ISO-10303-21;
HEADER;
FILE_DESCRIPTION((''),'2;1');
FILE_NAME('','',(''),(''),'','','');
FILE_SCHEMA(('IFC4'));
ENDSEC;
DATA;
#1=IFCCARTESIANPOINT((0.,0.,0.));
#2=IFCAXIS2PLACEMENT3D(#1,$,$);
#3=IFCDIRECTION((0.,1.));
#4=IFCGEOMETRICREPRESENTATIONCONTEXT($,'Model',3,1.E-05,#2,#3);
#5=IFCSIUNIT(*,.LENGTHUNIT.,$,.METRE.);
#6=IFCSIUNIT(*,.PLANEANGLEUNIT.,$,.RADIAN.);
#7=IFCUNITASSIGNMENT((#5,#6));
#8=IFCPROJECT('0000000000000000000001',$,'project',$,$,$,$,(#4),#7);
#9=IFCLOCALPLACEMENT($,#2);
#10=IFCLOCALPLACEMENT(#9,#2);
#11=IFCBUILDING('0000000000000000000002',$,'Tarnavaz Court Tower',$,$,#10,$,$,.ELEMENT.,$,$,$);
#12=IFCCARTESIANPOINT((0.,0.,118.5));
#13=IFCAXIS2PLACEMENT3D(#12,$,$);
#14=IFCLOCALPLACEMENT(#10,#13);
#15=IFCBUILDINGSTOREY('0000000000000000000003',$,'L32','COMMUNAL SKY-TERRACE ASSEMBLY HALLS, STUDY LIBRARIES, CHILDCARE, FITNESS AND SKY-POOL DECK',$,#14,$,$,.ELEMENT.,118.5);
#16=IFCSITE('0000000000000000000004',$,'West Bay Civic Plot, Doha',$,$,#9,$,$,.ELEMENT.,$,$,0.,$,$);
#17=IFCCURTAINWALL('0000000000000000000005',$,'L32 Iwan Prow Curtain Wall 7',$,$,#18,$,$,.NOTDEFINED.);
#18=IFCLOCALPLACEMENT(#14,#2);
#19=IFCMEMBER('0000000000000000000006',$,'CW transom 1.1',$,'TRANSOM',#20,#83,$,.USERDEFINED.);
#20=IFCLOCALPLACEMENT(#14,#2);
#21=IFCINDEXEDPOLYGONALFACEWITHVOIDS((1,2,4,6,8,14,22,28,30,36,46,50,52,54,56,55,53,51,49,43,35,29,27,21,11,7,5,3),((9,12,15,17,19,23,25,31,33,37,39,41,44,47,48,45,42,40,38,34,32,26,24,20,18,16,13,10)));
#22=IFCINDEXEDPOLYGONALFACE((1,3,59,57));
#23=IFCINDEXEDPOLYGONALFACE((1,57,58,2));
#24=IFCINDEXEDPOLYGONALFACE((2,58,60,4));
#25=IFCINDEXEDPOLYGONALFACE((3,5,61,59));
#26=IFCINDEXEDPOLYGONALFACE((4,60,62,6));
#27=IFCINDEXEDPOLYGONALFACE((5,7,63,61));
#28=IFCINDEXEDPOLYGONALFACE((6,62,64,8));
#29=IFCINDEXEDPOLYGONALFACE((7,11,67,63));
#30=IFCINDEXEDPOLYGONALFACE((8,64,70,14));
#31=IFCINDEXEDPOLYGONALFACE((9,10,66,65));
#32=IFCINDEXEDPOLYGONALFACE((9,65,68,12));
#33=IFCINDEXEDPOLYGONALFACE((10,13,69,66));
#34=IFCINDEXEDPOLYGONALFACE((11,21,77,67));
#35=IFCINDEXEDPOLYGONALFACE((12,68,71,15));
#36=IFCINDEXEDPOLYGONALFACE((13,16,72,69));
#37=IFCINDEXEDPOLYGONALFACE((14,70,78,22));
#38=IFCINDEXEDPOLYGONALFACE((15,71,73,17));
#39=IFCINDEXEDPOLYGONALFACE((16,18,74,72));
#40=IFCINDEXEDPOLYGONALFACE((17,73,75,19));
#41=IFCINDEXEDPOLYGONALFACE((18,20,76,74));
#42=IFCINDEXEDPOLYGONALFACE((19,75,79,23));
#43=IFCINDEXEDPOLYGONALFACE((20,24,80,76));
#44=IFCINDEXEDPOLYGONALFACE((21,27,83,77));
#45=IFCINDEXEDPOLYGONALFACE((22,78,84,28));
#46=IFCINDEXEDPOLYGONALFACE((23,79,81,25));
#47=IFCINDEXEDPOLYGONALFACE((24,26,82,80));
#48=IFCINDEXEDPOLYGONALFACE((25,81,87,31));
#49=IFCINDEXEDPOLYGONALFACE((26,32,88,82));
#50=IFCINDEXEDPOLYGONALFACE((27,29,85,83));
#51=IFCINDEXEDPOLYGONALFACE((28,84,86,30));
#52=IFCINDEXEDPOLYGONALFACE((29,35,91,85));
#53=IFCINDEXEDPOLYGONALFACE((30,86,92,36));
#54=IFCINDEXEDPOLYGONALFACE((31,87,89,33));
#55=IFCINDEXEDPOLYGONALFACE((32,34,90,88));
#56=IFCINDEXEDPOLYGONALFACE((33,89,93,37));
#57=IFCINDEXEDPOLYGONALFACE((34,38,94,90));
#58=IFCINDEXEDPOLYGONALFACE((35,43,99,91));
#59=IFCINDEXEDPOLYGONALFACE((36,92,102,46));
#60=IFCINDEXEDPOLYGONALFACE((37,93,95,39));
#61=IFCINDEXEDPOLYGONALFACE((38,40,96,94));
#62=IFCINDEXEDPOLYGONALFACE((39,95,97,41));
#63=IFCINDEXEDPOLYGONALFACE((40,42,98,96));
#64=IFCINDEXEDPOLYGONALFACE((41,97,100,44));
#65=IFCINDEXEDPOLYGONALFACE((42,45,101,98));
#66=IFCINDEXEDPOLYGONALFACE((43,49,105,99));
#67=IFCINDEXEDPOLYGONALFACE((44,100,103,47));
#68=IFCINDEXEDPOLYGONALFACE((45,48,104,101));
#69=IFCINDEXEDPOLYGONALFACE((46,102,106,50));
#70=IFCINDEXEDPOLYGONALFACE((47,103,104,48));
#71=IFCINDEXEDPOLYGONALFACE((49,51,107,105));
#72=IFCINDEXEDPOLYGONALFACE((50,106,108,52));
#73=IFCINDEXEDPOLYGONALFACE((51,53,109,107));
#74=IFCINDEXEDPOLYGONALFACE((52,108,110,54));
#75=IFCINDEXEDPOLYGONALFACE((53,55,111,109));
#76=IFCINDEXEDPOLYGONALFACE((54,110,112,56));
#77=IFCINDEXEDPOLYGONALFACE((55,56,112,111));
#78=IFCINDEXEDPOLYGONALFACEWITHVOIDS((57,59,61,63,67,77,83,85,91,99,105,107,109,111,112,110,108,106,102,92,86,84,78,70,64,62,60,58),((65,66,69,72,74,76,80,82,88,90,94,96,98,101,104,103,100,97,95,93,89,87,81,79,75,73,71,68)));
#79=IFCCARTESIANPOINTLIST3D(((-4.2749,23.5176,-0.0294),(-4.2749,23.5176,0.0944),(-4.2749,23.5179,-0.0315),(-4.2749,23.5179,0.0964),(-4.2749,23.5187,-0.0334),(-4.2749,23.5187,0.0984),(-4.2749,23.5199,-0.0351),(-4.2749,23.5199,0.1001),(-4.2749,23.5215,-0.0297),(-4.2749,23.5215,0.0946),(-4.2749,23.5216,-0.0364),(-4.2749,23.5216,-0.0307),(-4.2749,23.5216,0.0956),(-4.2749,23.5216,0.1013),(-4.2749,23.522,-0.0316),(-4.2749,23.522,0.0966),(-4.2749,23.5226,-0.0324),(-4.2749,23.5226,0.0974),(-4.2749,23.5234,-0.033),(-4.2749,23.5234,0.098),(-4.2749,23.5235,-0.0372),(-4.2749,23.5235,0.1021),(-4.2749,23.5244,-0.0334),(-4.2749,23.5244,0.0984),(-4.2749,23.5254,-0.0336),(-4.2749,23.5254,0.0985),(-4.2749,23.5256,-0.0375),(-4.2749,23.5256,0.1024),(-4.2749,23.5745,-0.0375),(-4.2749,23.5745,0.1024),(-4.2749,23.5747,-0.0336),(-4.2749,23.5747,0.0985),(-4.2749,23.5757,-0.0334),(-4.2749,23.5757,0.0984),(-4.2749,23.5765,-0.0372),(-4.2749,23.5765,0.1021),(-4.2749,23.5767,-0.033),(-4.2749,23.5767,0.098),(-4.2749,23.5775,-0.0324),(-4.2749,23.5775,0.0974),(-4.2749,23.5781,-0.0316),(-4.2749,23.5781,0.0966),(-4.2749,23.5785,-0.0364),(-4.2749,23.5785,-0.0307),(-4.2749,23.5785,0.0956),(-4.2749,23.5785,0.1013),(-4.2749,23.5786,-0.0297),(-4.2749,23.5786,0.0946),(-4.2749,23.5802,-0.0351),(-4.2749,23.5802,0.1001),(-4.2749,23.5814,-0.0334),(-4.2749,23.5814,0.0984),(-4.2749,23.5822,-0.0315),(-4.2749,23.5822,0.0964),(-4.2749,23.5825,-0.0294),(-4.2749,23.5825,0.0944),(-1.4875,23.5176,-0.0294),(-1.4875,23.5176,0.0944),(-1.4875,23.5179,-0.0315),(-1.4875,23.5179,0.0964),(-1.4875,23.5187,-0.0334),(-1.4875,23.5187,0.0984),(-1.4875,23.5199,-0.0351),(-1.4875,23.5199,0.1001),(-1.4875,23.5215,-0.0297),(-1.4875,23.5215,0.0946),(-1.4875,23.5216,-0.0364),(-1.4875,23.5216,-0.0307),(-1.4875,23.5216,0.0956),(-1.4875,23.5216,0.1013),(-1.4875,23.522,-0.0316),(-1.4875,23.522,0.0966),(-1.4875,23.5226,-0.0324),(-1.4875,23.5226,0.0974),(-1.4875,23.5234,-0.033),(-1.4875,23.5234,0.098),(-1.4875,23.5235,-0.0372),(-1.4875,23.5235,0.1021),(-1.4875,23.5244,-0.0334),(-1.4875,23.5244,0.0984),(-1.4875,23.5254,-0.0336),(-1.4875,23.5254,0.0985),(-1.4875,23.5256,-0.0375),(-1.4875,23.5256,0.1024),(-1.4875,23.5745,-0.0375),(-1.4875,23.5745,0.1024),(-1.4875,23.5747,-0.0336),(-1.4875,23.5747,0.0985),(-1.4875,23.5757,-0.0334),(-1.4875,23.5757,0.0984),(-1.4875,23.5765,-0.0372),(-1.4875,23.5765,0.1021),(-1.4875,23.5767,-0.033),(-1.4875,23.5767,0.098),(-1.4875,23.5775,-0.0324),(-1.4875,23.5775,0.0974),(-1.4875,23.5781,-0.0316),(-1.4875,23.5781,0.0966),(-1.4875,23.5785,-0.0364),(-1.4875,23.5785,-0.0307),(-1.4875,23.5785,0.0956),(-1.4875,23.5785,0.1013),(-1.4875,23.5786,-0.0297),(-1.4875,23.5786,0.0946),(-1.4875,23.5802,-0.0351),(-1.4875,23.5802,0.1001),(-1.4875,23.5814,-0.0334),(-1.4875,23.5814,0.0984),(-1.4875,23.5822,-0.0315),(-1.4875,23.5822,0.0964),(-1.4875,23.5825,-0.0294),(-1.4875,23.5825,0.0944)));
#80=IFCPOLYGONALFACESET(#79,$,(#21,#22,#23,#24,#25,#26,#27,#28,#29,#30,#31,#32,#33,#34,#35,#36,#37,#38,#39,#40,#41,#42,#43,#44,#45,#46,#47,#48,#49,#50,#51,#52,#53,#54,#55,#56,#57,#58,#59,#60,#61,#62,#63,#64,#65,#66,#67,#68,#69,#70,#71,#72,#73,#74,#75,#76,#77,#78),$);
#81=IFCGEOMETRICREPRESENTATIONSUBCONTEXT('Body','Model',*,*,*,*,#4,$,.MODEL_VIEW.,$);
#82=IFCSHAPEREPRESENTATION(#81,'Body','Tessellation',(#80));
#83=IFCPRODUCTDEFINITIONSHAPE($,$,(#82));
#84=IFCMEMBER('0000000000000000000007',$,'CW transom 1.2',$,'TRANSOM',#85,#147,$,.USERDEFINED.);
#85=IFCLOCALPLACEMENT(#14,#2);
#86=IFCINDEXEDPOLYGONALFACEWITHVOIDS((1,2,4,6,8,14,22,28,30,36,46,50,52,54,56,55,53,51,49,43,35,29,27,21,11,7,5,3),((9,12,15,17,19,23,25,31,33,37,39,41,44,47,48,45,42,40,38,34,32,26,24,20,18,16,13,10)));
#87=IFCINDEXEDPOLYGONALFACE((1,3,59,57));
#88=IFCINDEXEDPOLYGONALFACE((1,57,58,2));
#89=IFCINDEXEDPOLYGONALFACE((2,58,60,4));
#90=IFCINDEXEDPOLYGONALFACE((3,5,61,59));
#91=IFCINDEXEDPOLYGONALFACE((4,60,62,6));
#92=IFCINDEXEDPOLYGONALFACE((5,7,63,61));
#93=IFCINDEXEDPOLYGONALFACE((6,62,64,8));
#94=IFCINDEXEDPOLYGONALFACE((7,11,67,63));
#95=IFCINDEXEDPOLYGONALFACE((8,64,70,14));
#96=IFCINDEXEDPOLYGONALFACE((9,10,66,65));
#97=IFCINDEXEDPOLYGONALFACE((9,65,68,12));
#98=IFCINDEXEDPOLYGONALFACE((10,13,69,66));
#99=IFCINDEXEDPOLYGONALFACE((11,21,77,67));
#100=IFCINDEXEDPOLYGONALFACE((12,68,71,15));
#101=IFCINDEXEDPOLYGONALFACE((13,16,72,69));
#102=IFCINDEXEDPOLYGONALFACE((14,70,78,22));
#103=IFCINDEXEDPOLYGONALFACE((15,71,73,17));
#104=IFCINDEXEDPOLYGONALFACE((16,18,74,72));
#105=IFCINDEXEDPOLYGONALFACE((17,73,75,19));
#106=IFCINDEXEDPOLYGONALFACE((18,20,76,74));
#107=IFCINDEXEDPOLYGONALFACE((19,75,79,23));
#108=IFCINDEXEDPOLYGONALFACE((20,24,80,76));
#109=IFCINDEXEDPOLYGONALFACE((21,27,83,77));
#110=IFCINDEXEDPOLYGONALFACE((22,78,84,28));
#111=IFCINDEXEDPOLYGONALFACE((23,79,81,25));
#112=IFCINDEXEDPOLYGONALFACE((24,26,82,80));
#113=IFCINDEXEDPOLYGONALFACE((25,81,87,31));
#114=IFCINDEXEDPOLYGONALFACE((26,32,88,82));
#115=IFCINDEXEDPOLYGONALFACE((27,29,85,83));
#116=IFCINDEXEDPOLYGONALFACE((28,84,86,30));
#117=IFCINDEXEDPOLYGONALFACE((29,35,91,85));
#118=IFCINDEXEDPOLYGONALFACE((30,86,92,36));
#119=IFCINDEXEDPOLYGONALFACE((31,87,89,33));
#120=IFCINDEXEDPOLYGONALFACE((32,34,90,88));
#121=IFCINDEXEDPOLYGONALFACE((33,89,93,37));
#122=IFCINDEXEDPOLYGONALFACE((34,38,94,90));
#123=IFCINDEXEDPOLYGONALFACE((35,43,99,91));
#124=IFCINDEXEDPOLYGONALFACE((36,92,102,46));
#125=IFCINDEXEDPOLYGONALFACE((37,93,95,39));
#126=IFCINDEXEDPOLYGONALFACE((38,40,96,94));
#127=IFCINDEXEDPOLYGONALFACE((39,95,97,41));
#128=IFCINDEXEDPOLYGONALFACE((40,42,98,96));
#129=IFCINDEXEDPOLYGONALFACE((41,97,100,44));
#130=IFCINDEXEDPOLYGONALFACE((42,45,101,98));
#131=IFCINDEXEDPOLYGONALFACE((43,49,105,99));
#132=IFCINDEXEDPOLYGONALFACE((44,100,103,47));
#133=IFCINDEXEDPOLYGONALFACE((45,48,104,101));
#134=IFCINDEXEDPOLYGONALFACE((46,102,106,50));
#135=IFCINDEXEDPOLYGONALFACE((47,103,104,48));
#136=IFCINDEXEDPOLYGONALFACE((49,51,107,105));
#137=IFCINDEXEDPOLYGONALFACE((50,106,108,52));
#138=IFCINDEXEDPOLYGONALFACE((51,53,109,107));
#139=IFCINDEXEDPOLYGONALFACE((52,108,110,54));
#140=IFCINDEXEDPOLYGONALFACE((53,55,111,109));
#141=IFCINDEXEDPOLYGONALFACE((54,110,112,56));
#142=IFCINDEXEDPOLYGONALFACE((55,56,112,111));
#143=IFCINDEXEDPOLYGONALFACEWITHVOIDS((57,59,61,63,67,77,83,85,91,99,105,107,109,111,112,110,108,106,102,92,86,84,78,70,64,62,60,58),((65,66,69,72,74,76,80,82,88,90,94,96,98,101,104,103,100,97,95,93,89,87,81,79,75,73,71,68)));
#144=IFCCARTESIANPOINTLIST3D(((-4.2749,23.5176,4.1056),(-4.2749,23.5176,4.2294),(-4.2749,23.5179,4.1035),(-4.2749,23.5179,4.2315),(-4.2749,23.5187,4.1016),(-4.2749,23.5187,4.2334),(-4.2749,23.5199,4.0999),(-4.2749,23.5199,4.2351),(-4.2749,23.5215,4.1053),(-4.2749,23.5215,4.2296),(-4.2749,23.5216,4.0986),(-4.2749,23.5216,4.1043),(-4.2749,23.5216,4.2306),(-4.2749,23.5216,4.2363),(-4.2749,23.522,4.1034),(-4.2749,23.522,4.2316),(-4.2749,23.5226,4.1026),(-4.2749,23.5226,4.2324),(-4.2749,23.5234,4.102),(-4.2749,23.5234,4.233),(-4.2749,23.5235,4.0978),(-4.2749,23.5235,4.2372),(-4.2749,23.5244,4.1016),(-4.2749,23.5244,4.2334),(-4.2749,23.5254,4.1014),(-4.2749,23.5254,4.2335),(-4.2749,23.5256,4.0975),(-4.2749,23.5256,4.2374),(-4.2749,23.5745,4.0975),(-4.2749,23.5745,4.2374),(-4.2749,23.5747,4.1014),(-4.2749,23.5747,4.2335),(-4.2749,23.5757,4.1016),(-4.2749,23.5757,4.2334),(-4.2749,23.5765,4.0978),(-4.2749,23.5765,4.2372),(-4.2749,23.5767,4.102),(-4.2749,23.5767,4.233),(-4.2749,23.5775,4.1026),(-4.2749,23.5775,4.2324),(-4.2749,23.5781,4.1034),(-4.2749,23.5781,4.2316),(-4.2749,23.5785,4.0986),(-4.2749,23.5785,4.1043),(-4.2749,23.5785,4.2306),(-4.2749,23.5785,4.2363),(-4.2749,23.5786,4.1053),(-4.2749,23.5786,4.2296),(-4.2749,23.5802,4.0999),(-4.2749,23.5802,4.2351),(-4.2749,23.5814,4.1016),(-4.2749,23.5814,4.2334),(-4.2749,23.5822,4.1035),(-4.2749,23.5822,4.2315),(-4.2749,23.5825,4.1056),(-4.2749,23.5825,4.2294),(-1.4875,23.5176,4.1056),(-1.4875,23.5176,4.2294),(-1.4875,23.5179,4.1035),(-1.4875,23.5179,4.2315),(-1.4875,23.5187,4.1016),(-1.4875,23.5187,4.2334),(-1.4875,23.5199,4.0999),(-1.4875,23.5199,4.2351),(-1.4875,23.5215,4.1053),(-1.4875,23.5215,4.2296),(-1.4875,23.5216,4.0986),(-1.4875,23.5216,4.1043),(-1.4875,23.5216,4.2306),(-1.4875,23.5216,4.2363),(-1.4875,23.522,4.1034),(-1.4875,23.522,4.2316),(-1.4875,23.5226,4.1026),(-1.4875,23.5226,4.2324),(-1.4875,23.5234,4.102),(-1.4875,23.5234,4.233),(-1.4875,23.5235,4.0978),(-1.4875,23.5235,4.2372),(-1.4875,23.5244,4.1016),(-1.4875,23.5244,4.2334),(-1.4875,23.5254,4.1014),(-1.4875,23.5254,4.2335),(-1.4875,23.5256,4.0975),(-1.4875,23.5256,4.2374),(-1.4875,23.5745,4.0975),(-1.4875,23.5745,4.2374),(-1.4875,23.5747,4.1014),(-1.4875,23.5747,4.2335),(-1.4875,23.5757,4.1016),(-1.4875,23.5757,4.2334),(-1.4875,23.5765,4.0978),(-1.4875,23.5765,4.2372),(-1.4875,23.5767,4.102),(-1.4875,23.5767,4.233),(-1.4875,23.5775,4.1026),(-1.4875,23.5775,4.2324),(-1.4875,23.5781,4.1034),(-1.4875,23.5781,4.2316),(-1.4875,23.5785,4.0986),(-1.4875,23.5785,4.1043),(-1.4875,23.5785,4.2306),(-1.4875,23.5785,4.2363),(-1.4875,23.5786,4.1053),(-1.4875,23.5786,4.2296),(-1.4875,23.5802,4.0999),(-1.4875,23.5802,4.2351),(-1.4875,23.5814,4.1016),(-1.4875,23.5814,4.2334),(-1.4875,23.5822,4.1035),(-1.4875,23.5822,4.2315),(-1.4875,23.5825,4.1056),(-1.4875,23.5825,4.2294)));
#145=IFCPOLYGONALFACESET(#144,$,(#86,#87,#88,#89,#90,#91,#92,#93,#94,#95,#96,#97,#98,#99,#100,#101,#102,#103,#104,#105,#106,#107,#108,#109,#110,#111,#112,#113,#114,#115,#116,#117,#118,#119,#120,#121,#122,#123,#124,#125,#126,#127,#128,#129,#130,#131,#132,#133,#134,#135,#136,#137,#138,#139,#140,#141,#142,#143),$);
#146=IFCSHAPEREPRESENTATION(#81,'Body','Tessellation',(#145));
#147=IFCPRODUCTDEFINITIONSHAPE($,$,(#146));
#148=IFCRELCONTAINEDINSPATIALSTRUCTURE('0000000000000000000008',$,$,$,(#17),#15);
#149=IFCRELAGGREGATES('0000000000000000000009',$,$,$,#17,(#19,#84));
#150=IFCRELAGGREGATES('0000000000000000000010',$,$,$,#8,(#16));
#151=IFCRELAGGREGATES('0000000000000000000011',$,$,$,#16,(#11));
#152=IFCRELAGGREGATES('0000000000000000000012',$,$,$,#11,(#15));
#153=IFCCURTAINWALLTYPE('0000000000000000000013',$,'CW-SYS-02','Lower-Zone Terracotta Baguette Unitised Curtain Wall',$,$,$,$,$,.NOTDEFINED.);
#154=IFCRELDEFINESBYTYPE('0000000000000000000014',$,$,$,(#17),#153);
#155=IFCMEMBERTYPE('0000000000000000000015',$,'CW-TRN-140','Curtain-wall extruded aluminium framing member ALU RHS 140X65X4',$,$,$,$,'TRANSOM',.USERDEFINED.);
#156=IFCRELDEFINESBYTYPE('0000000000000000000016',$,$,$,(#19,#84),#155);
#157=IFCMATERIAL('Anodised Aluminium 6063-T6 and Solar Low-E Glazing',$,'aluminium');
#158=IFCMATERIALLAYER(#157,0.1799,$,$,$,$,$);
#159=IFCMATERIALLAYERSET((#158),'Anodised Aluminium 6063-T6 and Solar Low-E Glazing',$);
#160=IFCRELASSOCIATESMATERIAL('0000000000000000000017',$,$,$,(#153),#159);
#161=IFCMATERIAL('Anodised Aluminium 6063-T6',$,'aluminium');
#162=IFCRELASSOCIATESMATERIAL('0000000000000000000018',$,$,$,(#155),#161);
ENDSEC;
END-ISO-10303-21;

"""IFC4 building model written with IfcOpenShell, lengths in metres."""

from ifc_helpers import new_model, si_unit, direction, frame, origin, origin_2d, place, context, subcontext, project, spatial, hollow_rectangle, extrude, material, layer, layer_set, material_profile, profile_set, type_object, element, aggregate, save


model = new_model("IFC4")

# Units and contexts
model_context = context("Model", 3, precision=1e-05, world=origin(), true_north=direction((0.0, 1.0)))
body_context = subcontext(model_context, "Body", "Model", "MODEL_VIEW")
ifc_project = project(units=[si_unit("LENGTHUNIT", "METRE"), si_unit("PLANEANGLEUNIT", "RADIAN")], contexts=[model_context])

# Site, building, storey
site_placement = place(None, origin())
site = spatial("IfcSite", under=ifc_project, at=site_placement, Name="West Bay Civic Plot, Doha", CompositionType="ELEMENT", RefElevation=0.0)
building_placement = place(site_placement, origin())
building = spatial("IfcBuilding", under=site, at=building_placement, Name="Tarnavaz Court Tower", CompositionType="ELEMENT")
storey_placement = place(building_placement, frame((0.0, 0.0, 118.5)))
storey = spatial("IfcBuildingStorey", under=building, at=storey_placement, Name="L32", Description="COMMUNAL SKY-TERRACE ASSEMBLY HALLS, STUDY LIBRARIES, CHILDCARE, FITNESS AND SKY-POOL DECK", CompositionType="ELEMENT", Elevation=118.5)

# Curtain wall, members
ifc_material_1 = material(Name="Anodised Aluminium 6063-T6 and Solar Low-E Glazing", Category="aluminium")
ifc_layer_1 = layer(ifc_material_1, 0.1799)
ifc_layer_set_1 = layer_set([ifc_layer_1], Name="Anodised Aluminium 6063-T6 and Solar Low-E Glazing")
curtain_wall_type = type_object("IfcCurtainWallType", Name="CW-SYS-02", Description="Lower-Zone Terracotta Baguette Unitised Curtain Wall", PredefinedType="NOTDEFINED", material=ifc_layer_set_1)
curtain_wall_placement = place(storey_placement, origin())
curtain_wall = element("IfcCurtainWall", 1, at=curtain_wall_placement, inside=storey, type_object=curtain_wall_type, Name="L32 Iwan Prow Curtain Wall 7", PredefinedType="NOTDEFINED")
ifc_material_2 = material(Name="Anodised Aluminium 6063-T6", Category="aluminium")
ifc_material_profile_1 = material_profile(ifc_material_2, hollow_rectangle(XDim=0.0649, YDim=0.1399, WallThickness=0.0039, InnerFilletRadius=0.0039, OuterFilletRadius=0.0081, at=origin_2d()), Name="ALU RHS 140X65X4")
ifc_profile_set_1 = profile_set([ifc_material_profile_1], Name="Anodised Aluminium 6063-T6")
member_type_1 = type_object("IfcMemberType", Name="CW-TRN-140", Description="Curtain-wall extruded aluminium framing member ALU RHS 140X65X4", ElementType="TRANSOM", PredefinedType="USERDEFINED", material=ifc_profile_set_1)
member_1_placement = place(storey_placement, frame((-4.2749, 23.55, 0.0325), z_axis=(1.0, 0.0, 0.0), x_axis=(0.0, 1.0, 0.0)))
member_1 = element("IfcMember", 2, at=member_1_placement, type_object=member_type_1, Name="CW transom 1.1", ObjectType="TRANSOM", PredefinedType="USERDEFINED", context=body_context, shape_type="SweptSolid", body=[
    extrude(hollow_rectangle(XDim=0.0649, YDim=0.1399, WallThickness=0.0039, InnerFilletRadius=0.0039, OuterFilletRadius=0.0081, at=origin_2d()), origin(), (0.0, 0.0, 1.0), 2.7874),
])
member_2_placement = place(storey_placement, frame((-4.2749, 23.55, 4.1675), z_axis=(1.0, 0.0, 0.0), x_axis=(0.0, 1.0, 0.0)))
member_2 = element("IfcMember", 3, at=member_2_placement, type_object=member_type_1, Name="CW transom 1.2", ObjectType="TRANSOM", PredefinedType="USERDEFINED", context=body_context, shape_type="SweptSolid", body=[
    extrude(hollow_rectangle(XDim=0.0649, YDim=0.1399, WallThickness=0.0039, InnerFilletRadius=0.0039, OuterFilletRadius=0.0081, at=origin_2d()), origin(), (0.0, 0.0, 1.0), 2.7874),
])
aggregate(curtain_wall, [member_1, member_2])

save(model, "model.ifc")
